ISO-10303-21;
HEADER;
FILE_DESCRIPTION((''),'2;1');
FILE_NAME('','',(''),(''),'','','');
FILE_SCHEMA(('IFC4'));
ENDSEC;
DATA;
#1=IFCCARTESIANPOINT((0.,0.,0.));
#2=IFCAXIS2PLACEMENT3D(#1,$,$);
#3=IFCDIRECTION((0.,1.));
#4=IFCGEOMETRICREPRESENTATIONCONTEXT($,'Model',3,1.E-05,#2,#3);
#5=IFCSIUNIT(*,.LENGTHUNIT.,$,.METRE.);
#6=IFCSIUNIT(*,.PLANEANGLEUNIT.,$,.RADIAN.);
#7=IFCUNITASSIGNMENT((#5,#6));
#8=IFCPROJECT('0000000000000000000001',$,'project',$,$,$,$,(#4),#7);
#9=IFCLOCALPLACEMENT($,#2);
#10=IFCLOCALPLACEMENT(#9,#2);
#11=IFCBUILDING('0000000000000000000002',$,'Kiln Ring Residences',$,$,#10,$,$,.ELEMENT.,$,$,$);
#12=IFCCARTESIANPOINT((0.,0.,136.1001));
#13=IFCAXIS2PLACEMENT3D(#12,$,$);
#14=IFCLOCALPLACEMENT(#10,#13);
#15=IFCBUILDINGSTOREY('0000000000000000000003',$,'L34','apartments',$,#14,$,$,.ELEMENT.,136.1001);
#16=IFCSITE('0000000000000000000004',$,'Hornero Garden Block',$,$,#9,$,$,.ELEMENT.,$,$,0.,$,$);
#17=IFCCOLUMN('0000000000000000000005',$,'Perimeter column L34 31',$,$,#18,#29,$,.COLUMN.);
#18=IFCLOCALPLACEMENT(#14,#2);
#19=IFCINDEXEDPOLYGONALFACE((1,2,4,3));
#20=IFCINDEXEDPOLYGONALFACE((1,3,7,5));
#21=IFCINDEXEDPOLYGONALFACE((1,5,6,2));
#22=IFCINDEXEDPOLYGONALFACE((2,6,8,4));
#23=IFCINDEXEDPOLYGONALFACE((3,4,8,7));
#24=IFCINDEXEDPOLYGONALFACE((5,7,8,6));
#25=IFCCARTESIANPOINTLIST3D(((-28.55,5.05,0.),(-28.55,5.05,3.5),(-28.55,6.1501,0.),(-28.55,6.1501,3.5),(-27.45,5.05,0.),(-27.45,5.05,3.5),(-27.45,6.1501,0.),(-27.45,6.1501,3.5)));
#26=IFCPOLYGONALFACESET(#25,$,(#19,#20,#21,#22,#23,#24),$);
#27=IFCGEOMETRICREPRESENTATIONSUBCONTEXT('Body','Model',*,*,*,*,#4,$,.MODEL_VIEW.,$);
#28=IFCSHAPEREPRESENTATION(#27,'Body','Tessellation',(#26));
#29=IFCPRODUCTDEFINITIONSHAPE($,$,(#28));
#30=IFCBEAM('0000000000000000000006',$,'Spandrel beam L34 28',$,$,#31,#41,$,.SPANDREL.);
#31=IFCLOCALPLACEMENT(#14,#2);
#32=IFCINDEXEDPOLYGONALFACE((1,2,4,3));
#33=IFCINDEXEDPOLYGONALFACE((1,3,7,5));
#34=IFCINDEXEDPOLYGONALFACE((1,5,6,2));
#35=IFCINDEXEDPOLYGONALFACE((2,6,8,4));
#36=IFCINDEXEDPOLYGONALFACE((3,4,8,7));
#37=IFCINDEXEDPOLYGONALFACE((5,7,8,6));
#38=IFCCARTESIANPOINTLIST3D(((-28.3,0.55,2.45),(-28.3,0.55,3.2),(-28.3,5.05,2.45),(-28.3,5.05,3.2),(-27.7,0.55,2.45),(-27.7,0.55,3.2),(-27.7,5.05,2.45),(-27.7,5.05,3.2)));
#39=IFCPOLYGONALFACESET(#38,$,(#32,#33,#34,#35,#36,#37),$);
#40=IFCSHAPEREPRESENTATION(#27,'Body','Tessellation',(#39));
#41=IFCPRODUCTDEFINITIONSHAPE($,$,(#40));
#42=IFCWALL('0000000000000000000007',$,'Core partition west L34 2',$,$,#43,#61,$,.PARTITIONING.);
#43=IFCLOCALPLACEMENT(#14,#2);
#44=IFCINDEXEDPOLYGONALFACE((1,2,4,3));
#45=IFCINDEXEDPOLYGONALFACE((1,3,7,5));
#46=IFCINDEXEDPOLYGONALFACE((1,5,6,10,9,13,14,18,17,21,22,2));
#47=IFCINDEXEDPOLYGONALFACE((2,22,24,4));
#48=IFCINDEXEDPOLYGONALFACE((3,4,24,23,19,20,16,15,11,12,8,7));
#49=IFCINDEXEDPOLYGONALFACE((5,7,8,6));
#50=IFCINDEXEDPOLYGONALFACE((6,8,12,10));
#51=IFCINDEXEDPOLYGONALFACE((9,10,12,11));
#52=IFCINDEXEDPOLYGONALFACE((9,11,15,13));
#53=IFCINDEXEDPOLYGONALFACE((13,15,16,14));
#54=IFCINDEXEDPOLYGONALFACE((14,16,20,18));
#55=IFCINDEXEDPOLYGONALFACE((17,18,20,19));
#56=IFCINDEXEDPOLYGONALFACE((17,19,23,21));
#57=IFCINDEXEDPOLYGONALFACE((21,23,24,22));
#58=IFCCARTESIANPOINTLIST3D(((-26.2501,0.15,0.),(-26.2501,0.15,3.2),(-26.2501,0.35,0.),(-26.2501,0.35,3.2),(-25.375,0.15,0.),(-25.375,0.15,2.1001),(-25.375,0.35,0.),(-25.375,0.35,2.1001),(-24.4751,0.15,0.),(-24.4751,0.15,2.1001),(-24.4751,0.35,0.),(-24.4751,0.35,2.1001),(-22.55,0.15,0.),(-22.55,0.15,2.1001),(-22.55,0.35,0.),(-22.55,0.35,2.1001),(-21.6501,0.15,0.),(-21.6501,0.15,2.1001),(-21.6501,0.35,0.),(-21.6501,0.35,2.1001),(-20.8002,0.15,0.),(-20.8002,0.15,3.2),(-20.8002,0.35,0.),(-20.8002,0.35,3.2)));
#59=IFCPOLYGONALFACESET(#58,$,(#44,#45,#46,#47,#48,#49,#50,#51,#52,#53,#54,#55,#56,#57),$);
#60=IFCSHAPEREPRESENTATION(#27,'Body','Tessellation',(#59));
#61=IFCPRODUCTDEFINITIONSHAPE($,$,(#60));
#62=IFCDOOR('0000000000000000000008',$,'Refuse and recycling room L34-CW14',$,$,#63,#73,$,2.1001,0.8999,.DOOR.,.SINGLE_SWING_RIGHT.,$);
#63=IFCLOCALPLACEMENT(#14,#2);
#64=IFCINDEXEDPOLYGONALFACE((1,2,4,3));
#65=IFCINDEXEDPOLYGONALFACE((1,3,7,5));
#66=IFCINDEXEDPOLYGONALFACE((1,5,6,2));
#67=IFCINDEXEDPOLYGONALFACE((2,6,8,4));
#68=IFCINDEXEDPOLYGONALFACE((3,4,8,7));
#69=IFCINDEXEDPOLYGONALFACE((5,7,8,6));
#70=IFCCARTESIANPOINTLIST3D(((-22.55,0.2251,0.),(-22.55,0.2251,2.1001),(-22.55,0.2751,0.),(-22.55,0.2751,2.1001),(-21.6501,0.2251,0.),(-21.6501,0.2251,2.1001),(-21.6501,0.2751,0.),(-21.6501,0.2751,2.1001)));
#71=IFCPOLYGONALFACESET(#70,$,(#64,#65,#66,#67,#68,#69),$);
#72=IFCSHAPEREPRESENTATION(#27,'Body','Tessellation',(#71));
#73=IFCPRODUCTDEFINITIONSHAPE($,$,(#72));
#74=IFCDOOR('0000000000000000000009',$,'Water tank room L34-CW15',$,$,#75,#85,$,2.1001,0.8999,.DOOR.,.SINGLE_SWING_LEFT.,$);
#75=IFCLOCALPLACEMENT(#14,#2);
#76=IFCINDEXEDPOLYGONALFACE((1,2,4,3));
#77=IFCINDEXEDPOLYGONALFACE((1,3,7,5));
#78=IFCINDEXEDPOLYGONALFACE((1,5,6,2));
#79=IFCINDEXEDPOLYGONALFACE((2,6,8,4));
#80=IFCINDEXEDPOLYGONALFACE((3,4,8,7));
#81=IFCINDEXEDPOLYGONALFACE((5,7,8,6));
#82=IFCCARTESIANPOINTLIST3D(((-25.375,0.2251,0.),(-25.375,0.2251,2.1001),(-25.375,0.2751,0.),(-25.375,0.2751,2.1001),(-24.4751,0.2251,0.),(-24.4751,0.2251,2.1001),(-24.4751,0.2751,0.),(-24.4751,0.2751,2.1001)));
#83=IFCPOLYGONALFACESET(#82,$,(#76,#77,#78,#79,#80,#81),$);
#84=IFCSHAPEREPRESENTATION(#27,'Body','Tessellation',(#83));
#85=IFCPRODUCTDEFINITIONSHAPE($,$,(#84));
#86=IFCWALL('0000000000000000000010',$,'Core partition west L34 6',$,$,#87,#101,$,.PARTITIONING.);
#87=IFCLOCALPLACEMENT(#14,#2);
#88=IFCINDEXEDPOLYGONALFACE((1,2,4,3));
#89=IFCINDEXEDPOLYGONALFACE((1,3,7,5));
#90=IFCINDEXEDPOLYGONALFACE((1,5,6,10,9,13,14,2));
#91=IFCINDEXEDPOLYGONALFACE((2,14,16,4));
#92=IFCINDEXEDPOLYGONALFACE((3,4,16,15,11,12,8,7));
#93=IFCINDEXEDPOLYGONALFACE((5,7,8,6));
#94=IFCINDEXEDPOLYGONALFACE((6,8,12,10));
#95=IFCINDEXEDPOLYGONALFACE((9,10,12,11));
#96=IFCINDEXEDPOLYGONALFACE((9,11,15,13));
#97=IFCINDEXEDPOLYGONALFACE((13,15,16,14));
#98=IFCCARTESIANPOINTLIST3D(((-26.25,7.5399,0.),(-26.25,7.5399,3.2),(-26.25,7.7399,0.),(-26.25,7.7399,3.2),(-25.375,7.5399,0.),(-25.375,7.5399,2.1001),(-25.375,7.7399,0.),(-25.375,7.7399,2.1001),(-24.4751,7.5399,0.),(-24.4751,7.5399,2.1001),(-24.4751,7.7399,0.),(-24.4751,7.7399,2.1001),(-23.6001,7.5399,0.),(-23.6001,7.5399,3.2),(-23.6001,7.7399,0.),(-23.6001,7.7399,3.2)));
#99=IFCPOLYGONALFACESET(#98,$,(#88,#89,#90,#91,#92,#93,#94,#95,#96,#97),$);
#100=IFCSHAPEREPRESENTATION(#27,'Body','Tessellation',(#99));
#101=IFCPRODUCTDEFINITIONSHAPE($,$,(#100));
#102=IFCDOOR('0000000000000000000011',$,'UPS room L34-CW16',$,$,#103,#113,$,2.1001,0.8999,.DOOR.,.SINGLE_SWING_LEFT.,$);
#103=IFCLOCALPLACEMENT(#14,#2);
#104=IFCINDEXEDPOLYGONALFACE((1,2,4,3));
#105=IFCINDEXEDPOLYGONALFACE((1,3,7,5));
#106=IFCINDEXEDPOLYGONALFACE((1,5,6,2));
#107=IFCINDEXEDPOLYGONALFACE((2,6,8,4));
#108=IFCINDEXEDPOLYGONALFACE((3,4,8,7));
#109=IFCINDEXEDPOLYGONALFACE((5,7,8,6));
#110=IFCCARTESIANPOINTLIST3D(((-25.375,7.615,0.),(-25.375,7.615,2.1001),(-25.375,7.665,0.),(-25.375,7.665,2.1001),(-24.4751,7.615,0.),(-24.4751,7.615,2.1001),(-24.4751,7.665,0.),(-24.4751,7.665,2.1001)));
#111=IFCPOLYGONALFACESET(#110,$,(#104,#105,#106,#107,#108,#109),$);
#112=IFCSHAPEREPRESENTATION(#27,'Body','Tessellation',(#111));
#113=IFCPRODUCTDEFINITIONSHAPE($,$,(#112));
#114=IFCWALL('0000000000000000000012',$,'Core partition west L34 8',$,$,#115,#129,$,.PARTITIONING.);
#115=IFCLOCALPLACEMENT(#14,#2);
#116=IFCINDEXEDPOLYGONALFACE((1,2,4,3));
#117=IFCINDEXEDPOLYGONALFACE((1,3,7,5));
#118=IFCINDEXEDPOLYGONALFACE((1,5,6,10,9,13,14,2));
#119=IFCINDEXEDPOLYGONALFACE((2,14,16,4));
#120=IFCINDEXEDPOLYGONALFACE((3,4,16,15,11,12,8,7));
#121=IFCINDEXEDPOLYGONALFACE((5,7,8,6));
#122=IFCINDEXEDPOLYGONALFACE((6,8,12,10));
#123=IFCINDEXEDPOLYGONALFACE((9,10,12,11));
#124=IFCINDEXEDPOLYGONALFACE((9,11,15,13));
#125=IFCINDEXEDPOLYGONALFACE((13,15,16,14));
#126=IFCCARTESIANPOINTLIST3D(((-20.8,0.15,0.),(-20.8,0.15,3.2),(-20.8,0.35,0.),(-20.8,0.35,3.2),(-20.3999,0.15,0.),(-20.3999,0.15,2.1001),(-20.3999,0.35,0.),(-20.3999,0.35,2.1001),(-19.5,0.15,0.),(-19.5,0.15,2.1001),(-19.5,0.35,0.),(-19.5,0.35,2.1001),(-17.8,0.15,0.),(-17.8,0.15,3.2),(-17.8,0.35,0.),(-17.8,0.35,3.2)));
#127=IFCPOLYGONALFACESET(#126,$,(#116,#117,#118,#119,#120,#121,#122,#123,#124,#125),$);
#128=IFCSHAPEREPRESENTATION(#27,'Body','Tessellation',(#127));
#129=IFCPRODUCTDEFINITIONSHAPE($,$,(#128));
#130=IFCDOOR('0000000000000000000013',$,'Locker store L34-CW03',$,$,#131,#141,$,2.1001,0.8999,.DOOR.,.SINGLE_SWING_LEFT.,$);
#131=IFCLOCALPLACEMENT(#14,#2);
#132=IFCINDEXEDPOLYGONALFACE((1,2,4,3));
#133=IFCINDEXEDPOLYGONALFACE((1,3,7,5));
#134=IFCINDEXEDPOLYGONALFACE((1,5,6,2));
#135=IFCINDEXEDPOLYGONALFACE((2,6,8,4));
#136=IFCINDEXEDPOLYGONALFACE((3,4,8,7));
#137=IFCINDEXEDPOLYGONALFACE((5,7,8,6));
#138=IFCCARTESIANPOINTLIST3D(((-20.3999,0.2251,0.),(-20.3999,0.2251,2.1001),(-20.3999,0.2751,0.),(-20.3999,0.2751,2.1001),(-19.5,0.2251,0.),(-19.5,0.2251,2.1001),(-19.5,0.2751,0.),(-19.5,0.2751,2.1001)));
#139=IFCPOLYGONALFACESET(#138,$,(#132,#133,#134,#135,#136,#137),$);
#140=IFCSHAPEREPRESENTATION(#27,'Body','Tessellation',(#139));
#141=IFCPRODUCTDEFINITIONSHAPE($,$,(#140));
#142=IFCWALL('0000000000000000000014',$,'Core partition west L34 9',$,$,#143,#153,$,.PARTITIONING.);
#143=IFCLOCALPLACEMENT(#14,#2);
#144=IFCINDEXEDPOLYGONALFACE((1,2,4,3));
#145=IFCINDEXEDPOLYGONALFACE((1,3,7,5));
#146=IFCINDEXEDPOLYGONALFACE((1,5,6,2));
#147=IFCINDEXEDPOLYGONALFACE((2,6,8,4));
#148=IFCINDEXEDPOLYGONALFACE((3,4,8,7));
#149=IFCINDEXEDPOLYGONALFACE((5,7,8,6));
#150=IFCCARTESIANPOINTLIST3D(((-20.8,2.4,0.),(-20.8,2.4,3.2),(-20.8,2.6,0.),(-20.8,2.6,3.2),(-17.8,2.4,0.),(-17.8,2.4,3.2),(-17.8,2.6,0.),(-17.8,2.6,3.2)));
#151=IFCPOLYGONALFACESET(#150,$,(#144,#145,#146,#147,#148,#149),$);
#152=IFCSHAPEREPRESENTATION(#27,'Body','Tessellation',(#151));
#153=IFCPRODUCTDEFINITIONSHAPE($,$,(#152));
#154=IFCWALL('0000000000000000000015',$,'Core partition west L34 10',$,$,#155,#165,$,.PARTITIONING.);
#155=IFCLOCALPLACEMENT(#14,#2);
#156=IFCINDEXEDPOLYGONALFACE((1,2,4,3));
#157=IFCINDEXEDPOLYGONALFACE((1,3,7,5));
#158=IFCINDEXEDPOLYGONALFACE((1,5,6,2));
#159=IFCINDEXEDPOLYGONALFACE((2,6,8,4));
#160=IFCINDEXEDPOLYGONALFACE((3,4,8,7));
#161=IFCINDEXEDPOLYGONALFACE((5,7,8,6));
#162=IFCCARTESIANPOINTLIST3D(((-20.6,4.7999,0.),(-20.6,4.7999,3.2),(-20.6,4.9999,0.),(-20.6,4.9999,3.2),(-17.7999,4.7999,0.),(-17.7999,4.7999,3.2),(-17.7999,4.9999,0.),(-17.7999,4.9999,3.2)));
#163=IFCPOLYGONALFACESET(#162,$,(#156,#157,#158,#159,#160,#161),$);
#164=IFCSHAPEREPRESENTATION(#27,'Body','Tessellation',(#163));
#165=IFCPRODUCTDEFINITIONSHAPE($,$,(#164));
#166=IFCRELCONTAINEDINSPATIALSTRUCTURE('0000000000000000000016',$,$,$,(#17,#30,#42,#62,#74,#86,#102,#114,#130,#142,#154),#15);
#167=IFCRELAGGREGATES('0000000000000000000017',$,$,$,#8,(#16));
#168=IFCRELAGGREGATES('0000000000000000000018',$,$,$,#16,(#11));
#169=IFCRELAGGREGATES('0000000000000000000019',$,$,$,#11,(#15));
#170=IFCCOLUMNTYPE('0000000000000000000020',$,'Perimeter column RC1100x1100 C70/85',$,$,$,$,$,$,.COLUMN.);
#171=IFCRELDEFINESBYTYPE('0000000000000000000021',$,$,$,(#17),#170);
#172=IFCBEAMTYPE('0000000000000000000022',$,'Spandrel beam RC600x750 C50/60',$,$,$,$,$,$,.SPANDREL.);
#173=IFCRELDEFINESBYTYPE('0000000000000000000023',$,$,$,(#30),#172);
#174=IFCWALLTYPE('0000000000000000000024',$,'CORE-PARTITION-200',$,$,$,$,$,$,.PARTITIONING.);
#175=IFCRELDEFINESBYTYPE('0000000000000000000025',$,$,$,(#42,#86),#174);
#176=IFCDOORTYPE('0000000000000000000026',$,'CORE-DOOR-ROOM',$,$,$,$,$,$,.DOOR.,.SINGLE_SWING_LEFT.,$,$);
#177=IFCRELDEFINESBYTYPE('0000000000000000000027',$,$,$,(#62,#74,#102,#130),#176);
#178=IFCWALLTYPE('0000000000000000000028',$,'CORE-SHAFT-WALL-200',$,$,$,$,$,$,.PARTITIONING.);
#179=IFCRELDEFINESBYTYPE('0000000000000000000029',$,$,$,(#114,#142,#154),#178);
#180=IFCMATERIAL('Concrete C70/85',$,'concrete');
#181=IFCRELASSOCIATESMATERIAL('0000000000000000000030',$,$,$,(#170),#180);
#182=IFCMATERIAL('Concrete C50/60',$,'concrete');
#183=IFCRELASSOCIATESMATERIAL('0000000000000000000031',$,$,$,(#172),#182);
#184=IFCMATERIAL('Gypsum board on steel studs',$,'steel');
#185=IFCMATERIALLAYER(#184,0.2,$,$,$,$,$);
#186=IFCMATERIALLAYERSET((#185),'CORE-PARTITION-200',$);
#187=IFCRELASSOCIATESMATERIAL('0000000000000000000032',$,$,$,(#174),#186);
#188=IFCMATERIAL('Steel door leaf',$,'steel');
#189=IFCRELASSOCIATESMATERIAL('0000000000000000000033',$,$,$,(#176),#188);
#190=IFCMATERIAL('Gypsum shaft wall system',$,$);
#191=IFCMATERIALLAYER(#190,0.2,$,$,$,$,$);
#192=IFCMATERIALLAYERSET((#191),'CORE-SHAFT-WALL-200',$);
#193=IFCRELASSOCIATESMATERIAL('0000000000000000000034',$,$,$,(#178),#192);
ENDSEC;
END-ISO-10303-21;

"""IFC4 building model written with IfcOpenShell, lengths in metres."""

from ifc_helpers import new_model, si_unit, direction, frame, frame_2d, origin, origin_2d, place, context, subcontext, project, spatial, rectangle, extrude, material, layer, layer_set, material_profile, profile_set, type_object, element, fill, save


model = new_model("IFC4")

# Units and contexts
model_context = context("Model", 3, precision=1e-05, world=origin(), true_north=direction((0.0, 1.0)))
body_context = subcontext(model_context, "Body", "Model", "MODEL_VIEW")
ifc_project = project(units=[si_unit("LENGTHUNIT", "METRE"), si_unit("PLANEANGLEUNIT", "RADIAN")], contexts=[model_context])

# Site, building, storey
site_placement = place(None, origin())
site = spatial("IfcSite", under=ifc_project, at=site_placement, Name="Hornero Garden Block", CompositionType="ELEMENT", RefElevation=0.0)
building_placement = place(site_placement, origin())
building = spatial("IfcBuilding", under=site, at=building_placement, Name="Kiln Ring Residences", CompositionType="ELEMENT")
storey_placement = place(building_placement, frame((0.0, 0.0, 136.1001)))
storey = spatial("IfcBuildingStorey", under=building, at=storey_placement, Name="L34", Description="apartments", CompositionType="ELEMENT", Elevation=136.1001)

# Column
ifc_material_1 = material(Name="Concrete C70/85", Category="concrete")
ifc_material_profile_1 = material_profile(ifc_material_1, rectangle(XDim=1.1001, YDim=1.1001, at=origin_2d()), Name="RC1100x1100")
ifc_profile_set_1 = profile_set([ifc_material_profile_1], Name="Concrete C70/85")
column_type = type_object("IfcColumnType", Name="Perimeter column RC1100x1100 C70/85", PredefinedType="COLUMN", material=ifc_profile_set_1)
column_placement = place(storey_placement, frame((-28.0, 5.6001, 0.0), z_axis=(0.0, 0.0, 1.0), x_axis=(1.0, 0.0, 0.0)))
element("IfcColumn", 1, at=column_placement, inside=storey, type_object=column_type, Name="Perimeter column L34 31", PredefinedType="COLUMN", context=body_context, shape_type="SweptSolid", body=[
    extrude(rectangle(XDim=1.1001, YDim=1.1001, at=origin_2d()), origin(), (0.0, 0.0, 1.0), 3.5),
])

# Beam
ifc_material_2 = material(Name="Concrete C50/60", Category="concrete")
ifc_material_profile_2 = material_profile(ifc_material_2, rectangle(XDim=0.6001, YDim=0.75, at=origin_2d()), Name="RC600x750")
ifc_profile_set_2 = profile_set([ifc_material_profile_2], Name="Concrete C50/60")
beam_type = type_object("IfcBeamType", Name="Spandrel beam RC600x750 C50/60", PredefinedType="SPANDREL", material=ifc_profile_set_2)
beam_placement = place(storey_placement, frame((-28.0, 5.05, 2.825), z_axis=(0.0, -1.0, 0.0), x_axis=(1.0, 0.0, 0.0)))
element("IfcBeam", 2, at=beam_placement, inside=storey, type_object=beam_type, Name="Spandrel beam L34 28", PredefinedType="SPANDREL", context=body_context, shape_type="SweptSolid", body=[
    extrude(rectangle(XDim=0.6001, YDim=0.75, at=origin_2d()), origin(), (0.0, 0.0, 1.0), 4.5),
])

# Wall, openings, doors
ifc_material_3 = material(Name="Gypsum board on steel studs", Category="steel")
ifc_layer_1 = layer(ifc_material_3, 0.2)
ifc_layer_set_1 = layer_set([ifc_layer_1], Name="CORE-PARTITION-200")
wall_type_1 = type_object("IfcWallType", Name="CORE-PARTITION-200", PredefinedType="PARTITIONING", material=ifc_layer_set_1)
wall_1_placement = place(storey_placement, frame((-20.8, 0.25, 0.0), z_axis=(0.0, 0.0, 1.0), x_axis=(-1.0, 0.0, 0.0)))
wall_1 = element("IfcWall", 3, at=wall_1_placement, inside=storey, type_object=wall_type_1, Name="Core partition west L34 2", PredefinedType="PARTITIONING", context=body_context, shape_type="SweptSolid", body=[
    extrude(rectangle(XDim=5.45, YDim=0.2, at=frame_2d((2.7251, 0.0))), origin(), (0.0, 0.0, 1.0), 3.2),
])
opening_1_placement = place(wall_1_placement, frame((0.8501, 0.0, 0.0)))
opening_1 = element("IfcOpeningElement", 4, at=opening_1_placement, cuts=wall_1, PredefinedType="OPENING", context=body_context, shape_type="SweptSolid", body=[
    extrude(rectangle(XDim=0.8999, YDim=2.1001, at=frame_2d((0.45, 1.05))), frame((0.0, 0.1099, 0.0), z_axis=(0.0, -1.0, 0.0), x_axis=(1.0, 0.0, 0.0)), (0.0, 0.0, 1.0), 0.22),
])
opening_2_placement = place(wall_1_placement, frame((3.675, 0.0, 0.0)))
opening_2 = element("IfcOpeningElement", 5, at=opening_2_placement, cuts=wall_1, PredefinedType="OPENING", context=body_context, shape_type="SweptSolid", body=[
    extrude(rectangle(XDim=0.8999, YDim=2.1001, at=frame_2d((0.45, 1.05))), frame((0.0, 0.1099, 0.0), z_axis=(0.0, -1.0, 0.0), x_axis=(1.0, 0.0, 0.0)), (0.0, 0.0, 1.0), 0.22),
])
ifc_material_4 = material(Name="Steel door leaf", Category="steel")
door_type_1 = type_object("IfcDoorType", Name="CORE-DOOR-ROOM", OperationType="SINGLE_SWING_LEFT", PredefinedType="DOOR", material=ifc_material_4)
door_1_placement = place(opening_1_placement, origin())
door_1 = element("IfcDoor", 6, at=door_1_placement, inside=storey, type_object=door_type_1, Name="Refuse and recycling room L34-CW14", OperationType="SINGLE_SWING_RIGHT", OverallHeight=2.1001, OverallWidth=0.8999, PredefinedType="DOOR", context=body_context, shape_type="SweptSolid", body=[
    extrude(rectangle(XDim=0.8999, YDim=2.1001, at=frame_2d((0.45, 1.05))), frame((0.0, 0.0249, 0.0), z_axis=(0.0, -1.0, 0.0), x_axis=(1.0, 0.0, 0.0)), (0.0, 0.0, 1.0), 0.05),
])
fill(opening_1, door_1)
door_2_placement = place(opening_2_placement, origin())
door_2 = element("IfcDoor", 7, at=door_2_placement, inside=storey, type_object=door_type_1, Name="Water tank room L34-CW15", OperationType="SINGLE_SWING_LEFT", OverallHeight=2.1001, OverallWidth=0.8999, PredefinedType="DOOR", context=body_context, shape_type="SweptSolid", body=[
    extrude(rectangle(XDim=0.8999, YDim=2.1001, at=frame_2d((0.45, 1.05))), frame((0.0, 0.0249, 0.0), z_axis=(0.0, -1.0, 0.0), x_axis=(1.0, 0.0, 0.0)), (0.0, 0.0, 1.0), 0.05),
])
fill(opening_2, door_2)

# Walls, openings, doors
wall_2_placement = place(storey_placement, frame((-23.6001, 7.6399, 0.0), z_axis=(0.0, 0.0, 1.0), x_axis=(-1.0, 0.0, 0.0)))
wall_2 = element("IfcWall", 8, at=wall_2_placement, inside=storey, type_object=wall_type_1, Name="Core partition west L34 6", PredefinedType="PARTITIONING", context=body_context, shape_type="SweptSolid", body=[
    extrude(rectangle(XDim=2.6499, YDim=0.2, at=frame_2d((1.325, 0.0))), origin(), (0.0, 0.0, 1.0), 3.2),
])
opening_3_placement = place(wall_2_placement, frame((0.875, 0.0, 0.0)))
opening_3 = element("IfcOpeningElement", 9, at=opening_3_placement, cuts=wall_2, PredefinedType="OPENING", context=body_context, shape_type="SweptSolid", body=[
    extrude(rectangle(XDim=0.8999, YDim=2.1001, at=frame_2d((0.45, 1.05))), frame((0.0, 0.1099, 0.0), z_axis=(0.0, -1.0, 0.0), x_axis=(1.0, 0.0, 0.0)), (0.0, 0.0, 1.0), 0.22),
])
door_3_placement = place(opening_3_placement, origin())
door_3 = element("IfcDoor", 10, at=door_3_placement, inside=storey, type_object=door_type_1, Name="UPS room L34-CW16", OperationType="SINGLE_SWING_LEFT", OverallHeight=2.1001, OverallWidth=0.8999, PredefinedType="DOOR", context=body_context, shape_type="SweptSolid", body=[
    extrude(rectangle(XDim=0.8999, YDim=2.1001, at=frame_2d((0.45, 1.05))), frame((0.0, 0.0249, 0.0), z_axis=(0.0, -1.0, 0.0), x_axis=(1.0, 0.0, 0.0)), (0.0, 0.0, 1.0), 0.05),
])
fill(opening_3, door_3)
ifc_material_5 = material(Name="Gypsum shaft wall system")
ifc_layer_2 = layer(ifc_material_5, 0.2)
ifc_layer_set_2 = layer_set([ifc_layer_2], Name="CORE-SHAFT-WALL-200")
wall_type_2 = type_object("IfcWallType", Name="CORE-SHAFT-WALL-200", PredefinedType="PARTITIONING", material=ifc_layer_set_2)
wall_3_placement = place(storey_placement, frame((-17.8, 0.25, 0.0), z_axis=(0.0, 0.0, 1.0), x_axis=(-1.0, 0.0, 0.0)))
wall_3 = element("IfcWall", 11, at=wall_3_placement, inside=storey, type_object=wall_type_2, Name="Core partition west L34 8", PredefinedType="PARTITIONING", context=body_context, shape_type="SweptSolid", body=[
    extrude(rectangle(XDim=3.0, YDim=0.2, at=frame_2d((1.5, 0.0))), origin(), (0.0, 0.0, 1.0), 3.2),
])
opening_4_placement = place(wall_3_placement, frame((1.7, 0.0, 0.0)))
opening_4 = element("IfcOpeningElement", 12, at=opening_4_placement, cuts=wall_3, PredefinedType="OPENING", context=body_context, shape_type="SweptSolid", body=[
    extrude(rectangle(XDim=0.8999, YDim=2.1001, at=frame_2d((0.45, 1.05))), frame((0.0, 0.1099, 0.0), z_axis=(0.0, -1.0, 0.0), x_axis=(1.0, 0.0, 0.0)), (0.0, 0.0, 1.0), 0.22),
])
door_4_placement = place(opening_4_placement, origin())
door_4 = element("IfcDoor", 13, at=door_4_placement, inside=storey, type_object=door_type_1, Name="Locker store L34-CW03", OperationType="SINGLE_SWING_LEFT", OverallHeight=2.1001, OverallWidth=0.8999, PredefinedType="DOOR", context=body_context, shape_type="SweptSolid", body=[
    extrude(rectangle(XDim=0.8999, YDim=2.1001, at=frame_2d((0.45, 1.05))), frame((0.0, 0.0249, 0.0), z_axis=(0.0, -1.0, 0.0), x_axis=(1.0, 0.0, 0.0)), (0.0, 0.0, 1.0), 0.05),
])
fill(opening_4, door_4)

# Walls
wall_4_placement = place(storey_placement, frame((-17.8, 2.5, 0.0), z_axis=(0.0, 0.0, 1.0), x_axis=(-1.0, 0.0, 0.0)))
element("IfcWall", 14, at=wall_4_placement, inside=storey, type_object=wall_type_2, Name="Core partition west L34 9", PredefinedType="PARTITIONING", context=body_context, shape_type="SweptSolid", body=[
    extrude(rectangle(XDim=3.0, YDim=0.2, at=frame_2d((1.5, 0.0))), origin(), (0.0, 0.0, 1.0), 3.2),
])
for number, where, z_axis, x_axis, name in (
    (15, (-17.8, 4.8999, 0.0), (0.0, 0.0, 1.0), (-1.0, 0.0, 0.0), "Core partition west L34 10"),
):
    element("IfcWall", number, at=place(storey_placement, frame(where, z_axis=z_axis, x_axis=x_axis)), inside=storey, type_object=wall_type_2, Name=name, PredefinedType="PARTITIONING", context=body_context, shape_type="SweptSolid", body=[
        extrude(rectangle(XDim=2.8, YDim=0.2, at=frame_2d((1.3999, 0.0))), origin(), (0.0, 0.0, 1.0), 3.2),
    ])

save(model, "model.ifc")
